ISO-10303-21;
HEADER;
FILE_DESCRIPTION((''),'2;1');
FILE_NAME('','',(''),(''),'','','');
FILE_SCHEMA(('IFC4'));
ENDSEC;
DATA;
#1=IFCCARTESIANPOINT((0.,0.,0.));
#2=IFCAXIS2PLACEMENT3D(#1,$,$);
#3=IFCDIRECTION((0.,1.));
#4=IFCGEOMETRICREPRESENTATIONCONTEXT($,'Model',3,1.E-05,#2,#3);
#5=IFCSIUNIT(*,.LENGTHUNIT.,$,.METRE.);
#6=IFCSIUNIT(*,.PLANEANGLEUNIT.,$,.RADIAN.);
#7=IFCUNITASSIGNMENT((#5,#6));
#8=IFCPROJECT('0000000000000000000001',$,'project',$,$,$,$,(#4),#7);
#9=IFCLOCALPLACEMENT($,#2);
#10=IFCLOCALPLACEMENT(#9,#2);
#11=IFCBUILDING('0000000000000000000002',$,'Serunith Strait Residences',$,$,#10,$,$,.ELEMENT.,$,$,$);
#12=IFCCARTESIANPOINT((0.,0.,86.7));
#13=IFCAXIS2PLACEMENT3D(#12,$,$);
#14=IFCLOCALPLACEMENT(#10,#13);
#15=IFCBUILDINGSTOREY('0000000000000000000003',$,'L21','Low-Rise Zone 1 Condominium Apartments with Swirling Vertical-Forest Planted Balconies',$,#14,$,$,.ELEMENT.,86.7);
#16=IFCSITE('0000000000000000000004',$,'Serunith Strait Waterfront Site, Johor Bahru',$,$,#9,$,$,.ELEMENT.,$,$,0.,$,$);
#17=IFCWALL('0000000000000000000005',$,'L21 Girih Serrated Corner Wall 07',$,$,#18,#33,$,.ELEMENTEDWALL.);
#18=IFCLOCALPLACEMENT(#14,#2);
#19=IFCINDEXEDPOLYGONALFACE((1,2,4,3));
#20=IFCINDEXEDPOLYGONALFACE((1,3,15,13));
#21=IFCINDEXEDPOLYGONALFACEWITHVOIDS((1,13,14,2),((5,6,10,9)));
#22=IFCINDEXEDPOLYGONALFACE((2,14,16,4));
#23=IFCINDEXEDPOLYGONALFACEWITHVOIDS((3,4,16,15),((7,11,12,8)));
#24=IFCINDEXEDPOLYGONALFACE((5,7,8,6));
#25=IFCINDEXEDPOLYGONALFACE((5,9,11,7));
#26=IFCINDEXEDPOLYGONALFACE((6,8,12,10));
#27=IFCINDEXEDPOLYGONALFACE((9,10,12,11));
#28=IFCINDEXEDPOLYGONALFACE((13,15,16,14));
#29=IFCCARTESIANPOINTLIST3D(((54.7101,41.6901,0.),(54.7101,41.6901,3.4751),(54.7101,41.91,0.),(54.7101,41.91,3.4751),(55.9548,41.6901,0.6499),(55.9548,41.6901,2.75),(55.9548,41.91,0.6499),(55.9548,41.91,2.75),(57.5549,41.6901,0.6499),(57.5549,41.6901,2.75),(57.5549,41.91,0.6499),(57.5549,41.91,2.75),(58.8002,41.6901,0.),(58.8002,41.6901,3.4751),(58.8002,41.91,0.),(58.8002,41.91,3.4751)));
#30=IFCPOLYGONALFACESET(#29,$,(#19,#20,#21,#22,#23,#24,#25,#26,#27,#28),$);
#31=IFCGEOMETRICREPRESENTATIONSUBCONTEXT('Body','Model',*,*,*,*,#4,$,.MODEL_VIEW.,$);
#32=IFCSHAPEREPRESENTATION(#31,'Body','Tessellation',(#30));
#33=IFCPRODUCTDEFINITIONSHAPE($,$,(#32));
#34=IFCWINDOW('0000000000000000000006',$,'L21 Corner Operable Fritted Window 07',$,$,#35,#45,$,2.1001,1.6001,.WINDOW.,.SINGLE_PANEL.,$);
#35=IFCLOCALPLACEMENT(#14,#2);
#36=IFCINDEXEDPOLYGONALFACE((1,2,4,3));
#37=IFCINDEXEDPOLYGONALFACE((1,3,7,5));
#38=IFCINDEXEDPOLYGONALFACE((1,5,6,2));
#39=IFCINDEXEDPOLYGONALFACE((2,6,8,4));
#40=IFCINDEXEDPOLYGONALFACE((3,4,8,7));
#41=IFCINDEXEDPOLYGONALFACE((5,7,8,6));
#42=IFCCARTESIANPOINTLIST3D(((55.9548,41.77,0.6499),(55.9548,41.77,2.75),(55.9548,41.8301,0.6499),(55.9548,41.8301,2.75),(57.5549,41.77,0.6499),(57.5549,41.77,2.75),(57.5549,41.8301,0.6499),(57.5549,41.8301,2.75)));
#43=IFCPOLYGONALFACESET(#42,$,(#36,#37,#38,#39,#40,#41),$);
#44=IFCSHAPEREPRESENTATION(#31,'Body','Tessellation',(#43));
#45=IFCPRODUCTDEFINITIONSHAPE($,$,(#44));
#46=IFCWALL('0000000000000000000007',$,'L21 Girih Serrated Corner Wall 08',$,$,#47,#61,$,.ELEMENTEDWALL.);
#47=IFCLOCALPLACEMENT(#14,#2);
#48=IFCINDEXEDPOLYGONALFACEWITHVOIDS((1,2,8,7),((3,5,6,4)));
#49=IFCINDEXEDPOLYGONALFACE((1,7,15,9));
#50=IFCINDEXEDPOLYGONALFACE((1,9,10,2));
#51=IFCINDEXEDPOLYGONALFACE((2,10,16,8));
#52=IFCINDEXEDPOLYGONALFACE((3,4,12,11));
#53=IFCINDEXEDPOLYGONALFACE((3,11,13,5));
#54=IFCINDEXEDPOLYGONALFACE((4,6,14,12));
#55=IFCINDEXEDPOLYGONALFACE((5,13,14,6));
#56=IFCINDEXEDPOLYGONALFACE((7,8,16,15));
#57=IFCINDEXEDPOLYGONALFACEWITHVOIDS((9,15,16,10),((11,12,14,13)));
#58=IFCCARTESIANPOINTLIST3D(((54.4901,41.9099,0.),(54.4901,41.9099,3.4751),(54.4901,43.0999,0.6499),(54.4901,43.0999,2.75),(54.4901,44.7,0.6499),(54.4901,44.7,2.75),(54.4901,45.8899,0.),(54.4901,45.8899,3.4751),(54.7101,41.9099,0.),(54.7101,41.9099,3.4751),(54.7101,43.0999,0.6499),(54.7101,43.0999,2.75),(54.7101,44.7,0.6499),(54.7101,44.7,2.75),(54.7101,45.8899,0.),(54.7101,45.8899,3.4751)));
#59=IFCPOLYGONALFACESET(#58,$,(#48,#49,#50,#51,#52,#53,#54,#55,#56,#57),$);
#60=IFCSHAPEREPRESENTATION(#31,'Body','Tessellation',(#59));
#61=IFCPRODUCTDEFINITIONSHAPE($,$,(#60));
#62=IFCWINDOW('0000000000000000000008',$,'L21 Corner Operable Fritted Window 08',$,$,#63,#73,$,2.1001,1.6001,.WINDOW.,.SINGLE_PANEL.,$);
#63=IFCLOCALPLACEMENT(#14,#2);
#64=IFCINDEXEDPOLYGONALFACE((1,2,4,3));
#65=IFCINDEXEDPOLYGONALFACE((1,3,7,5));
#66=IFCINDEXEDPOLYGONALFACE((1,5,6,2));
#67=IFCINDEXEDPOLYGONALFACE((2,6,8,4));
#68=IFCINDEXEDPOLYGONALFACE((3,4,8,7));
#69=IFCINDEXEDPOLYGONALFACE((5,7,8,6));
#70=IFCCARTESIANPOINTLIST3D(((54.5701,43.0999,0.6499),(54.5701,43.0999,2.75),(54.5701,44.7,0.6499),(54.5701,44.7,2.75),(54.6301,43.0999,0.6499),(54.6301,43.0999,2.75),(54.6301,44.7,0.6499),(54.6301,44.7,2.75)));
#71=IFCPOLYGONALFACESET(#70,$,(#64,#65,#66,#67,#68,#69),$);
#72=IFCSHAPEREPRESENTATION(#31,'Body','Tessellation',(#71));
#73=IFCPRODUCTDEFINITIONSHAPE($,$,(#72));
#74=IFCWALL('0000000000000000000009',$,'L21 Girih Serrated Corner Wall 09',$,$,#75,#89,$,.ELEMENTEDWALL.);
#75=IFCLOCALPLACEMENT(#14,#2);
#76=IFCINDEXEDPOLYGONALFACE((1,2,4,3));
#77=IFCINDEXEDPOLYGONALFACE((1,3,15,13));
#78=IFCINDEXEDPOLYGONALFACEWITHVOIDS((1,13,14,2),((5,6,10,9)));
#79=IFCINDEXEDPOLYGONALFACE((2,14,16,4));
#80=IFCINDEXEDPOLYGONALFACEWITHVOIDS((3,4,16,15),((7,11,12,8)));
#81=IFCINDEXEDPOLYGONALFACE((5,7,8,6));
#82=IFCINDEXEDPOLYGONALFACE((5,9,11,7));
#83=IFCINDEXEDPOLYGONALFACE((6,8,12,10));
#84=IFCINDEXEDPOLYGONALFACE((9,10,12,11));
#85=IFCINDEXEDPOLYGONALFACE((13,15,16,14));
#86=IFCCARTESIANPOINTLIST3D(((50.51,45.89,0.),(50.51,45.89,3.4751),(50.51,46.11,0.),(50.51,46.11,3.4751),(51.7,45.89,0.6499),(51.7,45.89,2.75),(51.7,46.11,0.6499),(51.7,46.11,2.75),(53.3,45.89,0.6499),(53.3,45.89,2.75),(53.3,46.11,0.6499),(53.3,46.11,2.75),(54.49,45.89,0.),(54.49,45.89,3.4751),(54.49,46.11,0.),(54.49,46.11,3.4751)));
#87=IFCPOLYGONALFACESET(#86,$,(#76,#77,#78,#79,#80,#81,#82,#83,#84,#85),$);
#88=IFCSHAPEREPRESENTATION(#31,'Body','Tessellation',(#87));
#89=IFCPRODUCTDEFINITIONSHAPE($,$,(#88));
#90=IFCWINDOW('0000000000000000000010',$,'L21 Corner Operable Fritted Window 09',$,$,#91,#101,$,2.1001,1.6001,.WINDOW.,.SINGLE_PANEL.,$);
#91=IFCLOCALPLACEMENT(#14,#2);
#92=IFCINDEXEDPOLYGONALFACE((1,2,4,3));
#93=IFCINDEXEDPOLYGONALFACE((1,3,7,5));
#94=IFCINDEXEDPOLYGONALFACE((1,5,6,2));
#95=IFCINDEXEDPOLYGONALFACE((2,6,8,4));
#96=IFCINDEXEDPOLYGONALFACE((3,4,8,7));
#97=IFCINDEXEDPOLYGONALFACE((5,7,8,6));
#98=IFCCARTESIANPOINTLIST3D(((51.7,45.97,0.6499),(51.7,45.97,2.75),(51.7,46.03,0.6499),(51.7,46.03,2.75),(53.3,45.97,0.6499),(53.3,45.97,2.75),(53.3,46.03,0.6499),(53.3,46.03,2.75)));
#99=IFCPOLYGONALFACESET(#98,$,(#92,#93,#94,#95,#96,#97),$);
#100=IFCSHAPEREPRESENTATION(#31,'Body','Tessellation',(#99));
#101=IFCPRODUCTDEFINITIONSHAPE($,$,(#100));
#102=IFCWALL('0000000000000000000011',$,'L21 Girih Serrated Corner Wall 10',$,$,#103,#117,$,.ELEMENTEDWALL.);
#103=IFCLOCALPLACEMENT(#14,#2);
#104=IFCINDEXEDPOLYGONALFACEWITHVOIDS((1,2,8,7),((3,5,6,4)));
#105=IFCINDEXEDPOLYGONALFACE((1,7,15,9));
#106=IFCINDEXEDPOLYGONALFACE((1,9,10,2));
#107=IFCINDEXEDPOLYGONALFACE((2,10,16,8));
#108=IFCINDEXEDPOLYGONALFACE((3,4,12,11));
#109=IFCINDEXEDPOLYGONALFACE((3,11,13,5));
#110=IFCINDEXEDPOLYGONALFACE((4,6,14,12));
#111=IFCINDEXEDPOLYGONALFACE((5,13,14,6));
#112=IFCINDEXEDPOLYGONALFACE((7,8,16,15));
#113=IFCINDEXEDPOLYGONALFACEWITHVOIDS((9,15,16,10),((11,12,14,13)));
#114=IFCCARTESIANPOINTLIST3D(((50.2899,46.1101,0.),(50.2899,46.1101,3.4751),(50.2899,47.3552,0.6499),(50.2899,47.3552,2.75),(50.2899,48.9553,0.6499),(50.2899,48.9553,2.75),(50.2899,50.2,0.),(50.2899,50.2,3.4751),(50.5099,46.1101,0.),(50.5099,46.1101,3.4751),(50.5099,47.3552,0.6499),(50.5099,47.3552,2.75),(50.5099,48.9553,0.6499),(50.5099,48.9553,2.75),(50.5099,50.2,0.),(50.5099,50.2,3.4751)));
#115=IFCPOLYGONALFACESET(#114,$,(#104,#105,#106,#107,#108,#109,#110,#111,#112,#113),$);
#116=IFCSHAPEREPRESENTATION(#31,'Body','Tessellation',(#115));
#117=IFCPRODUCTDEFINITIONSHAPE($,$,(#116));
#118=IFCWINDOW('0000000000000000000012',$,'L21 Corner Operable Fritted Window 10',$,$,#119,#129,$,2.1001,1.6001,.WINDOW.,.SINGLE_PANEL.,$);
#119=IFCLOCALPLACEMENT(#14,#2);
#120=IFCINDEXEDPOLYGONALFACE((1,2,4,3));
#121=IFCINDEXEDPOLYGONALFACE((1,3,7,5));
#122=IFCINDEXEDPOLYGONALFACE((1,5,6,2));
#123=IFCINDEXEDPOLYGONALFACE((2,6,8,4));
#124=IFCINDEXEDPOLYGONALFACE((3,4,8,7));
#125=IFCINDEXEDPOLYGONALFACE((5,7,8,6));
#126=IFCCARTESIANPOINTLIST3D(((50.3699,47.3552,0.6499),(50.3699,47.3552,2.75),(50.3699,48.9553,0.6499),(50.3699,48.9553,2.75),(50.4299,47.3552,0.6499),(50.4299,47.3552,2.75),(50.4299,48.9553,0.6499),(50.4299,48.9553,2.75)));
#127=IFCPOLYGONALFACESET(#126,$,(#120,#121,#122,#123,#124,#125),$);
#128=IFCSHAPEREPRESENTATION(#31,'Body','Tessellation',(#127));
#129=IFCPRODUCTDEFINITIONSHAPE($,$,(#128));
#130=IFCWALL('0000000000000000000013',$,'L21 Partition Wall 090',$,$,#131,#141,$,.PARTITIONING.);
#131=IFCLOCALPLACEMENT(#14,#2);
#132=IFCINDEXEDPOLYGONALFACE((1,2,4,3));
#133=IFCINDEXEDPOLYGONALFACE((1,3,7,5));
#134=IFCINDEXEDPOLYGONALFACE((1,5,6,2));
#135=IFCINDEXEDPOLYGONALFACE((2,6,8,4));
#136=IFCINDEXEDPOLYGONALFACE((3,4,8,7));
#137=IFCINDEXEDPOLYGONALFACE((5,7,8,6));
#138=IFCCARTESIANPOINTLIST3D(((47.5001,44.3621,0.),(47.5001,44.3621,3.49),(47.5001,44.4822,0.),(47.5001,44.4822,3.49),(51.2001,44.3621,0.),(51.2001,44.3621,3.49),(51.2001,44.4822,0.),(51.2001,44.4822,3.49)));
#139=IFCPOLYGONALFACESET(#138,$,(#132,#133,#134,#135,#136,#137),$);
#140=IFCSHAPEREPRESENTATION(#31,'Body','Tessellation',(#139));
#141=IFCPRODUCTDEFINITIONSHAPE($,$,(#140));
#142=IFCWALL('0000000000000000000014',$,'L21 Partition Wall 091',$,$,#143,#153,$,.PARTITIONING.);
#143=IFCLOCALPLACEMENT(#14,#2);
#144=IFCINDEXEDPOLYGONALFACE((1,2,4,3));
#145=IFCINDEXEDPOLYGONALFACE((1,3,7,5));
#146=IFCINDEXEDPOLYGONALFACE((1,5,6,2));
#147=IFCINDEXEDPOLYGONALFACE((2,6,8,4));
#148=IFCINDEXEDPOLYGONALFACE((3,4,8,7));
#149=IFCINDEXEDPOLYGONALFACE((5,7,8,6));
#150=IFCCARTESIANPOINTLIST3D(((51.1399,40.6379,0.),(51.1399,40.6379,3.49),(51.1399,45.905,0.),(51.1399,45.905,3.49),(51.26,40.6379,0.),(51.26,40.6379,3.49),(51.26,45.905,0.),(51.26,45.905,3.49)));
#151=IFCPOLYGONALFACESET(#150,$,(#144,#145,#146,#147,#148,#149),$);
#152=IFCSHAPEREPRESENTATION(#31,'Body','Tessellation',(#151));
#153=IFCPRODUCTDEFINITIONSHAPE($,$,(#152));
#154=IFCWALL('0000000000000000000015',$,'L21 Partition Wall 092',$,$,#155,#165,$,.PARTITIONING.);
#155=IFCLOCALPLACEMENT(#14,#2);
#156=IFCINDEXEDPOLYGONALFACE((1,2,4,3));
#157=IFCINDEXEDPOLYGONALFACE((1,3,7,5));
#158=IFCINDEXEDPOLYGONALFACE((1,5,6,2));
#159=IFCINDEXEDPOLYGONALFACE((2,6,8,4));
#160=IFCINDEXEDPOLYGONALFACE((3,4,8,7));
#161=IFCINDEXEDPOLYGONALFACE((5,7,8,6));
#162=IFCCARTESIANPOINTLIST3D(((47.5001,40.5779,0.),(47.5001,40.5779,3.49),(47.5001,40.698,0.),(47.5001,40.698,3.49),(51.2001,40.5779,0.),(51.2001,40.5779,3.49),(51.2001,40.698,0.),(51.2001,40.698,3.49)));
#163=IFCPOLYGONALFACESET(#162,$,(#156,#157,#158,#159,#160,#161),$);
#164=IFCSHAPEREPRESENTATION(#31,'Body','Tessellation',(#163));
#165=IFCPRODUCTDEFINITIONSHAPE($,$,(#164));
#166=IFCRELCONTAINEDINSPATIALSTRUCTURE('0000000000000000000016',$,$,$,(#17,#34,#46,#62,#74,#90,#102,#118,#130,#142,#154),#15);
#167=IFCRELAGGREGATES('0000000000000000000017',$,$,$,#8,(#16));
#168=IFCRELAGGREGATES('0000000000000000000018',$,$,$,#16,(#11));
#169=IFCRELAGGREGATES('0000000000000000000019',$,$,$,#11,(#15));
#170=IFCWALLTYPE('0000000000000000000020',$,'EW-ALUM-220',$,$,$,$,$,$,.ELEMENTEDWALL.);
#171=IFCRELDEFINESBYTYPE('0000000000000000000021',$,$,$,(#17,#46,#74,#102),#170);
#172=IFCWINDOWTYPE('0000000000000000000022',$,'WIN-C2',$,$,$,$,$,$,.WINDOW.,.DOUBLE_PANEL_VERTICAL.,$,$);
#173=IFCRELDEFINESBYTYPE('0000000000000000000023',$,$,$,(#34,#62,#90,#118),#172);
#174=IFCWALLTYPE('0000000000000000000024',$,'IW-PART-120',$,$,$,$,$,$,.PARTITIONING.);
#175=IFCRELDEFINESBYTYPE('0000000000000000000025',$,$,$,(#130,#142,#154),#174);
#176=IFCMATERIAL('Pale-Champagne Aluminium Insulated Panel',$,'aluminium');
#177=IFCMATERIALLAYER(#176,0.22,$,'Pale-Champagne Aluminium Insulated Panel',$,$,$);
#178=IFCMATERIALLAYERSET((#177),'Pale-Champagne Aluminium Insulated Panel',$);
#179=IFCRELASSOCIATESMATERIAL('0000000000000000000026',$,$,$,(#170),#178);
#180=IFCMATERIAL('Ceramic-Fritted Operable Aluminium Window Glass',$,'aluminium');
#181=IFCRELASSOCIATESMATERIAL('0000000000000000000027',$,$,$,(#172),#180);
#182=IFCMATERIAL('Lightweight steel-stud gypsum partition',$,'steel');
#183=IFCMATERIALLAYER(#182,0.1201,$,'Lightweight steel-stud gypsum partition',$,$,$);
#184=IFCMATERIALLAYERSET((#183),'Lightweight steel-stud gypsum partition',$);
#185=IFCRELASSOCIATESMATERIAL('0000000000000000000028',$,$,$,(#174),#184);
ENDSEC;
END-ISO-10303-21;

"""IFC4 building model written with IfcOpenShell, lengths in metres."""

from ifc_helpers import new_model, si_unit, direction, frame, frame_2d, origin, place, context, subcontext, project, spatial, rectangle, extrude, source, transform, mapped, material, layer, layer_set, type_object, element, fill, save


model = new_model("IFC4")

# Units and contexts
model_context = context("Model", 3, precision=1e-05, world=origin(), true_north=direction((0.0, 1.0)))
body_context = subcontext(model_context, "Body", "Model", "MODEL_VIEW")
ifc_project = project(units=[si_unit("LENGTHUNIT", "METRE"), si_unit("PLANEANGLEUNIT", "RADIAN")], contexts=[model_context])

# Site, building, storey
site_placement = place(None, origin())
site = spatial("IfcSite", under=ifc_project, at=site_placement, Name="Serunith Strait Waterfront Site, Johor Bahru", CompositionType="ELEMENT", RefElevation=0.0)
building_placement = place(site_placement, origin())
building = spatial("IfcBuilding", under=site, at=building_placement, Name="Serunith Strait Residences", CompositionType="ELEMENT")
storey_placement = place(building_placement, frame((0.0, 0.0, 86.7)))
storey = spatial("IfcBuildingStorey", under=building, at=storey_placement, Name="L21", Description="Low-Rise Zone 1 Condominium Apartments with Swirling Vertical-Forest Planted Balconies", CompositionType="ELEMENT", Elevation=86.7)

# Walls, openings, windows
ifc_material_1 = material(Name="Pale-Champagne Aluminium Insulated Panel", Category="aluminium")
ifc_layer_1 = layer(ifc_material_1, 0.22, Name="Pale-Champagne Aluminium Insulated Panel")
ifc_layer_set_1 = layer_set([ifc_layer_1], Name="Pale-Champagne Aluminium Insulated Panel")
wall_type_1 = type_object("IfcWallType", Name="EW-ALUM-220", PredefinedType="ELEMENTEDWALL", material=ifc_layer_set_1)
wall_1_placement = place(storey_placement, frame((58.8, 41.8, 0.0), z_axis=(0.0, 0.0, 1.0), x_axis=(-1.0, 0.0, 0.0)))
wall_1 = element("IfcWall", 1, at=wall_1_placement, inside=storey, type_object=wall_type_1, Name="L21 Girih Serrated Corner Wall 07", PredefinedType="ELEMENTEDWALL", context=body_context, shape_type="SweptSolid", body=[
    extrude(rectangle(XDim=4.0901, YDim=0.22, at=frame_2d((2.0449, 0.0))), origin(), (0.0, 0.0, 1.0), 3.4751),
])
opening_1_placement = place(wall_1_placement, frame((1.2451, 0.0, 0.6499)))
opening_1 = element("IfcOpeningElement", 2, at=opening_1_placement, cuts=wall_1, PredefinedType="OPENING", context=body_context, shape_type="SweptSolid", body=[
    extrude(rectangle(XDim=1.6001, YDim=2.1001, at=frame_2d((0.8, 1.05))), frame((0.0, 0.1201, 0.0), z_axis=(0.0, -1.0, 0.0), x_axis=(1.0, 0.0, 0.0)), (0.0, 0.0, 1.0), 0.24),
])
ifc_material_2 = material(Name="Ceramic-Fritted Operable Aluminium Window Glass", Category="aluminium")
window_type = type_object("IfcWindowType", Name="WIN-C2", PartitioningType="DOUBLE_PANEL_VERTICAL", PredefinedType="WINDOW", material=ifc_material_2)
shared_shape_1 = source(origin(), body_context, "Body", "SweptSolid", [
    extrude(rectangle(XDim=1.6001, YDim=2.1001, at=frame_2d((0.8, 1.05))), frame((0.0, 0.03, 0.0), z_axis=(0.0, -1.0, 0.0), x_axis=(1.0, 0.0, 0.0)), (0.0, 0.0, 1.0), 0.0601),
])
window_1_placement = place(opening_1_placement, origin())
window_1 = element("IfcWindow", 3, at=window_1_placement, inside=storey, type_object=window_type, Name="L21 Corner Operable Fritted Window 07", OverallHeight=2.1001, OverallWidth=1.6001, PartitioningType="SINGLE_PANEL", PredefinedType="WINDOW", context=body_context, shape_type="MappedRepresentation", body=[
    mapped(shared_shape_1, transform((0.0, 0.0, 0.0), scale=1.0)),
])
fill(opening_1, window_1)
wall_2_placement = place(storey_placement, frame((54.6001, 41.9099, 0.0), z_axis=(0.0, 0.0, 1.0), x_axis=(0.0, 1.0, 0.0)))
wall_2 = element("IfcWall", 4, at=wall_2_placement, inside=storey, type_object=wall_type_1, Name="L21 Girih Serrated Corner Wall 08", PredefinedType="ELEMENTEDWALL", context=body_context, shape_type="SweptSolid", body=[
    extrude(rectangle(XDim=3.98, YDim=0.22, at=frame_2d((1.99, 0.0))), origin(), (0.0, 0.0, 1.0), 3.4751),
])
opening_2_placement = place(wall_2_placement, frame((1.1899, 0.0, 0.6499)))
opening_2 = element("IfcOpeningElement", 5, at=opening_2_placement, cuts=wall_2, PredefinedType="OPENING", context=body_context, shape_type="SweptSolid", body=[
    extrude(rectangle(XDim=1.6001, YDim=2.1001, at=frame_2d((0.8, 1.05))), frame((0.0, 0.1201, 0.0), z_axis=(0.0, -1.0, 0.0), x_axis=(1.0, 0.0, 0.0)), (0.0, 0.0, 1.0), 0.24),
])
window_2_placement = place(opening_2_placement, origin())
window_2 = element("IfcWindow", 6, at=window_2_placement, inside=storey, type_object=window_type, Name="L21 Corner Operable Fritted Window 08", OverallHeight=2.1001, OverallWidth=1.6001, PartitioningType="SINGLE_PANEL", PredefinedType="WINDOW", context=body_context, shape_type="MappedRepresentation", body=[
    mapped(shared_shape_1, transform((0.0, 0.0, 0.0), scale=1.0)),
])
fill(opening_2, window_2)
wall_3_placement = place(storey_placement, frame((54.49, 46.0, 0.0), z_axis=(0.0, 0.0, 1.0), x_axis=(-1.0, 0.0, 0.0)))
wall_3 = element("IfcWall", 7, at=wall_3_placement, inside=storey, type_object=wall_type_1, Name="L21 Girih Serrated Corner Wall 09", PredefinedType="ELEMENTEDWALL", context=body_context, shape_type="SweptSolid", body=[
    extrude(rectangle(XDim=3.98, YDim=0.22, at=frame_2d((1.99, 0.0))), origin(), (0.0, 0.0, 1.0), 3.4751),
])
opening_3_placement = place(wall_3_placement, frame((1.1899, 0.0, 0.6499)))
opening_3 = element("IfcOpeningElement", 8, at=opening_3_placement, cuts=wall_3, PredefinedType="OPENING", context=body_context, shape_type="SweptSolid", body=[
    extrude(rectangle(XDim=1.6001, YDim=2.1001, at=frame_2d((0.8, 1.05))), frame((0.0, 0.1201, 0.0), z_axis=(0.0, -1.0, 0.0), x_axis=(1.0, 0.0, 0.0)), (0.0, 0.0, 1.0), 0.24),
])
window_3_placement = place(opening_3_placement, origin())
window_3 = element("IfcWindow", 9, at=window_3_placement, inside=storey, type_object=window_type, Name="L21 Corner Operable Fritted Window 09", OverallHeight=2.1001, OverallWidth=1.6001, PartitioningType="SINGLE_PANEL", PredefinedType="WINDOW", context=body_context, shape_type="MappedRepresentation", body=[
    mapped(shared_shape_1, transform((0.0, 0.0, 0.0), scale=1.0)),
])
fill(opening_3, window_3)
wall_4_placement = place(storey_placement, frame((50.3999, 46.1101, 0.0), z_axis=(0.0, 0.0, 1.0), x_axis=(0.0, 1.0, 0.0)))
wall_4 = element("IfcWall", 10, at=wall_4_placement, inside=storey, type_object=wall_type_1, Name="L21 Girih Serrated Corner Wall 10", PredefinedType="ELEMENTEDWALL", context=body_context, shape_type="SweptSolid", body=[
    extrude(rectangle(XDim=4.0898, YDim=0.22, at=frame_2d((2.0449, 0.0))), origin(), (0.0, 0.0, 1.0), 3.4751),
])
opening_4_placement = place(wall_4_placement, frame((1.2451, 0.0, 0.6499)))
opening_4 = element("IfcOpeningElement", 11, at=opening_4_placement, cuts=wall_4, PredefinedType="OPENING", context=body_context, shape_type="SweptSolid", body=[
    extrude(rectangle(XDim=1.6001, YDim=2.1001, at=frame_2d((0.8, 1.05))), frame((0.0, 0.1201, 0.0), z_axis=(0.0, -1.0, 0.0), x_axis=(1.0, 0.0, 0.0)), (0.0, 0.0, 1.0), 0.24),
])
window_4_placement = place(opening_4_placement, origin())
window_4 = element("IfcWindow", 12, at=window_4_placement, inside=storey, type_object=window_type, Name="L21 Corner Operable Fritted Window 10", OverallHeight=2.1001, OverallWidth=1.6001, PartitioningType="SINGLE_PANEL", PredefinedType="WINDOW", context=body_context, shape_type="MappedRepresentation", body=[
    mapped(shared_shape_1, transform((0.0, 0.0, 0.0), scale=1.0)),
])
fill(opening_4, window_4)

# Walls
ifc_material_3 = material(Name="Lightweight steel-stud gypsum partition", Category="steel")
ifc_layer_2 = layer(ifc_material_3, 0.1201, Name="Lightweight steel-stud gypsum partition")
ifc_layer_set_2 = layer_set([ifc_layer_2], Name="Lightweight steel-stud gypsum partition")
wall_type_2 = type_object("IfcWallType", Name="IW-PART-120", PredefinedType="PARTITIONING", material=ifc_layer_set_2)
wall_5_placement = place(storey_placement, frame((47.5, 44.4221, 0.0), z_axis=(0.0, 0.0, 1.0), x_axis=(1.0, 0.0, 0.0)))
element("IfcWall", 13, at=wall_5_placement, inside=storey, type_object=wall_type_2, Name="L21 Partition Wall 090", PredefinedType="PARTITIONING", context=body_context, shape_type="SweptSolid", body=[
    extrude(rectangle(XDim=3.7, YDim=0.1201, at=frame_2d((1.8501, 0.0))), origin(), (0.0, 0.0, 1.0), 3.49),
])
wall_6_placement = place(storey_placement, frame((51.2, 45.905, 0.0), z_axis=(0.0, 0.0, 1.0), x_axis=(0.0, -1.0, 0.0)))
element("IfcWall", 14, at=wall_6_placement, inside=storey, type_object=wall_type_2, Name="L21 Partition Wall 091", PredefinedType="PARTITIONING", context=body_context, shape_type="SweptSolid", body=[
    extrude(rectangle(XDim=5.2671, YDim=0.1201, at=frame_2d((2.6335, 0.0))), origin(), (0.0, 0.0, 1.0), 3.49),
])
wall_7_placement = place(storey_placement, frame((47.5, 40.6379, 0.0), z_axis=(0.0, 0.0, 1.0), x_axis=(1.0, 0.0, 0.0)))
element("IfcWall", 15, at=wall_7_placement, inside=storey, type_object=wall_type_2, Name="L21 Partition Wall 092", PredefinedType="PARTITIONING", context=body_context, shape_type="SweptSolid", body=[
    extrude(rectangle(XDim=3.7, YDim=0.1201, at=frame_2d((1.8501, 0.0))), origin(), (0.0, 0.0, 1.0), 3.49),
])

save(model, "model.ifc")
